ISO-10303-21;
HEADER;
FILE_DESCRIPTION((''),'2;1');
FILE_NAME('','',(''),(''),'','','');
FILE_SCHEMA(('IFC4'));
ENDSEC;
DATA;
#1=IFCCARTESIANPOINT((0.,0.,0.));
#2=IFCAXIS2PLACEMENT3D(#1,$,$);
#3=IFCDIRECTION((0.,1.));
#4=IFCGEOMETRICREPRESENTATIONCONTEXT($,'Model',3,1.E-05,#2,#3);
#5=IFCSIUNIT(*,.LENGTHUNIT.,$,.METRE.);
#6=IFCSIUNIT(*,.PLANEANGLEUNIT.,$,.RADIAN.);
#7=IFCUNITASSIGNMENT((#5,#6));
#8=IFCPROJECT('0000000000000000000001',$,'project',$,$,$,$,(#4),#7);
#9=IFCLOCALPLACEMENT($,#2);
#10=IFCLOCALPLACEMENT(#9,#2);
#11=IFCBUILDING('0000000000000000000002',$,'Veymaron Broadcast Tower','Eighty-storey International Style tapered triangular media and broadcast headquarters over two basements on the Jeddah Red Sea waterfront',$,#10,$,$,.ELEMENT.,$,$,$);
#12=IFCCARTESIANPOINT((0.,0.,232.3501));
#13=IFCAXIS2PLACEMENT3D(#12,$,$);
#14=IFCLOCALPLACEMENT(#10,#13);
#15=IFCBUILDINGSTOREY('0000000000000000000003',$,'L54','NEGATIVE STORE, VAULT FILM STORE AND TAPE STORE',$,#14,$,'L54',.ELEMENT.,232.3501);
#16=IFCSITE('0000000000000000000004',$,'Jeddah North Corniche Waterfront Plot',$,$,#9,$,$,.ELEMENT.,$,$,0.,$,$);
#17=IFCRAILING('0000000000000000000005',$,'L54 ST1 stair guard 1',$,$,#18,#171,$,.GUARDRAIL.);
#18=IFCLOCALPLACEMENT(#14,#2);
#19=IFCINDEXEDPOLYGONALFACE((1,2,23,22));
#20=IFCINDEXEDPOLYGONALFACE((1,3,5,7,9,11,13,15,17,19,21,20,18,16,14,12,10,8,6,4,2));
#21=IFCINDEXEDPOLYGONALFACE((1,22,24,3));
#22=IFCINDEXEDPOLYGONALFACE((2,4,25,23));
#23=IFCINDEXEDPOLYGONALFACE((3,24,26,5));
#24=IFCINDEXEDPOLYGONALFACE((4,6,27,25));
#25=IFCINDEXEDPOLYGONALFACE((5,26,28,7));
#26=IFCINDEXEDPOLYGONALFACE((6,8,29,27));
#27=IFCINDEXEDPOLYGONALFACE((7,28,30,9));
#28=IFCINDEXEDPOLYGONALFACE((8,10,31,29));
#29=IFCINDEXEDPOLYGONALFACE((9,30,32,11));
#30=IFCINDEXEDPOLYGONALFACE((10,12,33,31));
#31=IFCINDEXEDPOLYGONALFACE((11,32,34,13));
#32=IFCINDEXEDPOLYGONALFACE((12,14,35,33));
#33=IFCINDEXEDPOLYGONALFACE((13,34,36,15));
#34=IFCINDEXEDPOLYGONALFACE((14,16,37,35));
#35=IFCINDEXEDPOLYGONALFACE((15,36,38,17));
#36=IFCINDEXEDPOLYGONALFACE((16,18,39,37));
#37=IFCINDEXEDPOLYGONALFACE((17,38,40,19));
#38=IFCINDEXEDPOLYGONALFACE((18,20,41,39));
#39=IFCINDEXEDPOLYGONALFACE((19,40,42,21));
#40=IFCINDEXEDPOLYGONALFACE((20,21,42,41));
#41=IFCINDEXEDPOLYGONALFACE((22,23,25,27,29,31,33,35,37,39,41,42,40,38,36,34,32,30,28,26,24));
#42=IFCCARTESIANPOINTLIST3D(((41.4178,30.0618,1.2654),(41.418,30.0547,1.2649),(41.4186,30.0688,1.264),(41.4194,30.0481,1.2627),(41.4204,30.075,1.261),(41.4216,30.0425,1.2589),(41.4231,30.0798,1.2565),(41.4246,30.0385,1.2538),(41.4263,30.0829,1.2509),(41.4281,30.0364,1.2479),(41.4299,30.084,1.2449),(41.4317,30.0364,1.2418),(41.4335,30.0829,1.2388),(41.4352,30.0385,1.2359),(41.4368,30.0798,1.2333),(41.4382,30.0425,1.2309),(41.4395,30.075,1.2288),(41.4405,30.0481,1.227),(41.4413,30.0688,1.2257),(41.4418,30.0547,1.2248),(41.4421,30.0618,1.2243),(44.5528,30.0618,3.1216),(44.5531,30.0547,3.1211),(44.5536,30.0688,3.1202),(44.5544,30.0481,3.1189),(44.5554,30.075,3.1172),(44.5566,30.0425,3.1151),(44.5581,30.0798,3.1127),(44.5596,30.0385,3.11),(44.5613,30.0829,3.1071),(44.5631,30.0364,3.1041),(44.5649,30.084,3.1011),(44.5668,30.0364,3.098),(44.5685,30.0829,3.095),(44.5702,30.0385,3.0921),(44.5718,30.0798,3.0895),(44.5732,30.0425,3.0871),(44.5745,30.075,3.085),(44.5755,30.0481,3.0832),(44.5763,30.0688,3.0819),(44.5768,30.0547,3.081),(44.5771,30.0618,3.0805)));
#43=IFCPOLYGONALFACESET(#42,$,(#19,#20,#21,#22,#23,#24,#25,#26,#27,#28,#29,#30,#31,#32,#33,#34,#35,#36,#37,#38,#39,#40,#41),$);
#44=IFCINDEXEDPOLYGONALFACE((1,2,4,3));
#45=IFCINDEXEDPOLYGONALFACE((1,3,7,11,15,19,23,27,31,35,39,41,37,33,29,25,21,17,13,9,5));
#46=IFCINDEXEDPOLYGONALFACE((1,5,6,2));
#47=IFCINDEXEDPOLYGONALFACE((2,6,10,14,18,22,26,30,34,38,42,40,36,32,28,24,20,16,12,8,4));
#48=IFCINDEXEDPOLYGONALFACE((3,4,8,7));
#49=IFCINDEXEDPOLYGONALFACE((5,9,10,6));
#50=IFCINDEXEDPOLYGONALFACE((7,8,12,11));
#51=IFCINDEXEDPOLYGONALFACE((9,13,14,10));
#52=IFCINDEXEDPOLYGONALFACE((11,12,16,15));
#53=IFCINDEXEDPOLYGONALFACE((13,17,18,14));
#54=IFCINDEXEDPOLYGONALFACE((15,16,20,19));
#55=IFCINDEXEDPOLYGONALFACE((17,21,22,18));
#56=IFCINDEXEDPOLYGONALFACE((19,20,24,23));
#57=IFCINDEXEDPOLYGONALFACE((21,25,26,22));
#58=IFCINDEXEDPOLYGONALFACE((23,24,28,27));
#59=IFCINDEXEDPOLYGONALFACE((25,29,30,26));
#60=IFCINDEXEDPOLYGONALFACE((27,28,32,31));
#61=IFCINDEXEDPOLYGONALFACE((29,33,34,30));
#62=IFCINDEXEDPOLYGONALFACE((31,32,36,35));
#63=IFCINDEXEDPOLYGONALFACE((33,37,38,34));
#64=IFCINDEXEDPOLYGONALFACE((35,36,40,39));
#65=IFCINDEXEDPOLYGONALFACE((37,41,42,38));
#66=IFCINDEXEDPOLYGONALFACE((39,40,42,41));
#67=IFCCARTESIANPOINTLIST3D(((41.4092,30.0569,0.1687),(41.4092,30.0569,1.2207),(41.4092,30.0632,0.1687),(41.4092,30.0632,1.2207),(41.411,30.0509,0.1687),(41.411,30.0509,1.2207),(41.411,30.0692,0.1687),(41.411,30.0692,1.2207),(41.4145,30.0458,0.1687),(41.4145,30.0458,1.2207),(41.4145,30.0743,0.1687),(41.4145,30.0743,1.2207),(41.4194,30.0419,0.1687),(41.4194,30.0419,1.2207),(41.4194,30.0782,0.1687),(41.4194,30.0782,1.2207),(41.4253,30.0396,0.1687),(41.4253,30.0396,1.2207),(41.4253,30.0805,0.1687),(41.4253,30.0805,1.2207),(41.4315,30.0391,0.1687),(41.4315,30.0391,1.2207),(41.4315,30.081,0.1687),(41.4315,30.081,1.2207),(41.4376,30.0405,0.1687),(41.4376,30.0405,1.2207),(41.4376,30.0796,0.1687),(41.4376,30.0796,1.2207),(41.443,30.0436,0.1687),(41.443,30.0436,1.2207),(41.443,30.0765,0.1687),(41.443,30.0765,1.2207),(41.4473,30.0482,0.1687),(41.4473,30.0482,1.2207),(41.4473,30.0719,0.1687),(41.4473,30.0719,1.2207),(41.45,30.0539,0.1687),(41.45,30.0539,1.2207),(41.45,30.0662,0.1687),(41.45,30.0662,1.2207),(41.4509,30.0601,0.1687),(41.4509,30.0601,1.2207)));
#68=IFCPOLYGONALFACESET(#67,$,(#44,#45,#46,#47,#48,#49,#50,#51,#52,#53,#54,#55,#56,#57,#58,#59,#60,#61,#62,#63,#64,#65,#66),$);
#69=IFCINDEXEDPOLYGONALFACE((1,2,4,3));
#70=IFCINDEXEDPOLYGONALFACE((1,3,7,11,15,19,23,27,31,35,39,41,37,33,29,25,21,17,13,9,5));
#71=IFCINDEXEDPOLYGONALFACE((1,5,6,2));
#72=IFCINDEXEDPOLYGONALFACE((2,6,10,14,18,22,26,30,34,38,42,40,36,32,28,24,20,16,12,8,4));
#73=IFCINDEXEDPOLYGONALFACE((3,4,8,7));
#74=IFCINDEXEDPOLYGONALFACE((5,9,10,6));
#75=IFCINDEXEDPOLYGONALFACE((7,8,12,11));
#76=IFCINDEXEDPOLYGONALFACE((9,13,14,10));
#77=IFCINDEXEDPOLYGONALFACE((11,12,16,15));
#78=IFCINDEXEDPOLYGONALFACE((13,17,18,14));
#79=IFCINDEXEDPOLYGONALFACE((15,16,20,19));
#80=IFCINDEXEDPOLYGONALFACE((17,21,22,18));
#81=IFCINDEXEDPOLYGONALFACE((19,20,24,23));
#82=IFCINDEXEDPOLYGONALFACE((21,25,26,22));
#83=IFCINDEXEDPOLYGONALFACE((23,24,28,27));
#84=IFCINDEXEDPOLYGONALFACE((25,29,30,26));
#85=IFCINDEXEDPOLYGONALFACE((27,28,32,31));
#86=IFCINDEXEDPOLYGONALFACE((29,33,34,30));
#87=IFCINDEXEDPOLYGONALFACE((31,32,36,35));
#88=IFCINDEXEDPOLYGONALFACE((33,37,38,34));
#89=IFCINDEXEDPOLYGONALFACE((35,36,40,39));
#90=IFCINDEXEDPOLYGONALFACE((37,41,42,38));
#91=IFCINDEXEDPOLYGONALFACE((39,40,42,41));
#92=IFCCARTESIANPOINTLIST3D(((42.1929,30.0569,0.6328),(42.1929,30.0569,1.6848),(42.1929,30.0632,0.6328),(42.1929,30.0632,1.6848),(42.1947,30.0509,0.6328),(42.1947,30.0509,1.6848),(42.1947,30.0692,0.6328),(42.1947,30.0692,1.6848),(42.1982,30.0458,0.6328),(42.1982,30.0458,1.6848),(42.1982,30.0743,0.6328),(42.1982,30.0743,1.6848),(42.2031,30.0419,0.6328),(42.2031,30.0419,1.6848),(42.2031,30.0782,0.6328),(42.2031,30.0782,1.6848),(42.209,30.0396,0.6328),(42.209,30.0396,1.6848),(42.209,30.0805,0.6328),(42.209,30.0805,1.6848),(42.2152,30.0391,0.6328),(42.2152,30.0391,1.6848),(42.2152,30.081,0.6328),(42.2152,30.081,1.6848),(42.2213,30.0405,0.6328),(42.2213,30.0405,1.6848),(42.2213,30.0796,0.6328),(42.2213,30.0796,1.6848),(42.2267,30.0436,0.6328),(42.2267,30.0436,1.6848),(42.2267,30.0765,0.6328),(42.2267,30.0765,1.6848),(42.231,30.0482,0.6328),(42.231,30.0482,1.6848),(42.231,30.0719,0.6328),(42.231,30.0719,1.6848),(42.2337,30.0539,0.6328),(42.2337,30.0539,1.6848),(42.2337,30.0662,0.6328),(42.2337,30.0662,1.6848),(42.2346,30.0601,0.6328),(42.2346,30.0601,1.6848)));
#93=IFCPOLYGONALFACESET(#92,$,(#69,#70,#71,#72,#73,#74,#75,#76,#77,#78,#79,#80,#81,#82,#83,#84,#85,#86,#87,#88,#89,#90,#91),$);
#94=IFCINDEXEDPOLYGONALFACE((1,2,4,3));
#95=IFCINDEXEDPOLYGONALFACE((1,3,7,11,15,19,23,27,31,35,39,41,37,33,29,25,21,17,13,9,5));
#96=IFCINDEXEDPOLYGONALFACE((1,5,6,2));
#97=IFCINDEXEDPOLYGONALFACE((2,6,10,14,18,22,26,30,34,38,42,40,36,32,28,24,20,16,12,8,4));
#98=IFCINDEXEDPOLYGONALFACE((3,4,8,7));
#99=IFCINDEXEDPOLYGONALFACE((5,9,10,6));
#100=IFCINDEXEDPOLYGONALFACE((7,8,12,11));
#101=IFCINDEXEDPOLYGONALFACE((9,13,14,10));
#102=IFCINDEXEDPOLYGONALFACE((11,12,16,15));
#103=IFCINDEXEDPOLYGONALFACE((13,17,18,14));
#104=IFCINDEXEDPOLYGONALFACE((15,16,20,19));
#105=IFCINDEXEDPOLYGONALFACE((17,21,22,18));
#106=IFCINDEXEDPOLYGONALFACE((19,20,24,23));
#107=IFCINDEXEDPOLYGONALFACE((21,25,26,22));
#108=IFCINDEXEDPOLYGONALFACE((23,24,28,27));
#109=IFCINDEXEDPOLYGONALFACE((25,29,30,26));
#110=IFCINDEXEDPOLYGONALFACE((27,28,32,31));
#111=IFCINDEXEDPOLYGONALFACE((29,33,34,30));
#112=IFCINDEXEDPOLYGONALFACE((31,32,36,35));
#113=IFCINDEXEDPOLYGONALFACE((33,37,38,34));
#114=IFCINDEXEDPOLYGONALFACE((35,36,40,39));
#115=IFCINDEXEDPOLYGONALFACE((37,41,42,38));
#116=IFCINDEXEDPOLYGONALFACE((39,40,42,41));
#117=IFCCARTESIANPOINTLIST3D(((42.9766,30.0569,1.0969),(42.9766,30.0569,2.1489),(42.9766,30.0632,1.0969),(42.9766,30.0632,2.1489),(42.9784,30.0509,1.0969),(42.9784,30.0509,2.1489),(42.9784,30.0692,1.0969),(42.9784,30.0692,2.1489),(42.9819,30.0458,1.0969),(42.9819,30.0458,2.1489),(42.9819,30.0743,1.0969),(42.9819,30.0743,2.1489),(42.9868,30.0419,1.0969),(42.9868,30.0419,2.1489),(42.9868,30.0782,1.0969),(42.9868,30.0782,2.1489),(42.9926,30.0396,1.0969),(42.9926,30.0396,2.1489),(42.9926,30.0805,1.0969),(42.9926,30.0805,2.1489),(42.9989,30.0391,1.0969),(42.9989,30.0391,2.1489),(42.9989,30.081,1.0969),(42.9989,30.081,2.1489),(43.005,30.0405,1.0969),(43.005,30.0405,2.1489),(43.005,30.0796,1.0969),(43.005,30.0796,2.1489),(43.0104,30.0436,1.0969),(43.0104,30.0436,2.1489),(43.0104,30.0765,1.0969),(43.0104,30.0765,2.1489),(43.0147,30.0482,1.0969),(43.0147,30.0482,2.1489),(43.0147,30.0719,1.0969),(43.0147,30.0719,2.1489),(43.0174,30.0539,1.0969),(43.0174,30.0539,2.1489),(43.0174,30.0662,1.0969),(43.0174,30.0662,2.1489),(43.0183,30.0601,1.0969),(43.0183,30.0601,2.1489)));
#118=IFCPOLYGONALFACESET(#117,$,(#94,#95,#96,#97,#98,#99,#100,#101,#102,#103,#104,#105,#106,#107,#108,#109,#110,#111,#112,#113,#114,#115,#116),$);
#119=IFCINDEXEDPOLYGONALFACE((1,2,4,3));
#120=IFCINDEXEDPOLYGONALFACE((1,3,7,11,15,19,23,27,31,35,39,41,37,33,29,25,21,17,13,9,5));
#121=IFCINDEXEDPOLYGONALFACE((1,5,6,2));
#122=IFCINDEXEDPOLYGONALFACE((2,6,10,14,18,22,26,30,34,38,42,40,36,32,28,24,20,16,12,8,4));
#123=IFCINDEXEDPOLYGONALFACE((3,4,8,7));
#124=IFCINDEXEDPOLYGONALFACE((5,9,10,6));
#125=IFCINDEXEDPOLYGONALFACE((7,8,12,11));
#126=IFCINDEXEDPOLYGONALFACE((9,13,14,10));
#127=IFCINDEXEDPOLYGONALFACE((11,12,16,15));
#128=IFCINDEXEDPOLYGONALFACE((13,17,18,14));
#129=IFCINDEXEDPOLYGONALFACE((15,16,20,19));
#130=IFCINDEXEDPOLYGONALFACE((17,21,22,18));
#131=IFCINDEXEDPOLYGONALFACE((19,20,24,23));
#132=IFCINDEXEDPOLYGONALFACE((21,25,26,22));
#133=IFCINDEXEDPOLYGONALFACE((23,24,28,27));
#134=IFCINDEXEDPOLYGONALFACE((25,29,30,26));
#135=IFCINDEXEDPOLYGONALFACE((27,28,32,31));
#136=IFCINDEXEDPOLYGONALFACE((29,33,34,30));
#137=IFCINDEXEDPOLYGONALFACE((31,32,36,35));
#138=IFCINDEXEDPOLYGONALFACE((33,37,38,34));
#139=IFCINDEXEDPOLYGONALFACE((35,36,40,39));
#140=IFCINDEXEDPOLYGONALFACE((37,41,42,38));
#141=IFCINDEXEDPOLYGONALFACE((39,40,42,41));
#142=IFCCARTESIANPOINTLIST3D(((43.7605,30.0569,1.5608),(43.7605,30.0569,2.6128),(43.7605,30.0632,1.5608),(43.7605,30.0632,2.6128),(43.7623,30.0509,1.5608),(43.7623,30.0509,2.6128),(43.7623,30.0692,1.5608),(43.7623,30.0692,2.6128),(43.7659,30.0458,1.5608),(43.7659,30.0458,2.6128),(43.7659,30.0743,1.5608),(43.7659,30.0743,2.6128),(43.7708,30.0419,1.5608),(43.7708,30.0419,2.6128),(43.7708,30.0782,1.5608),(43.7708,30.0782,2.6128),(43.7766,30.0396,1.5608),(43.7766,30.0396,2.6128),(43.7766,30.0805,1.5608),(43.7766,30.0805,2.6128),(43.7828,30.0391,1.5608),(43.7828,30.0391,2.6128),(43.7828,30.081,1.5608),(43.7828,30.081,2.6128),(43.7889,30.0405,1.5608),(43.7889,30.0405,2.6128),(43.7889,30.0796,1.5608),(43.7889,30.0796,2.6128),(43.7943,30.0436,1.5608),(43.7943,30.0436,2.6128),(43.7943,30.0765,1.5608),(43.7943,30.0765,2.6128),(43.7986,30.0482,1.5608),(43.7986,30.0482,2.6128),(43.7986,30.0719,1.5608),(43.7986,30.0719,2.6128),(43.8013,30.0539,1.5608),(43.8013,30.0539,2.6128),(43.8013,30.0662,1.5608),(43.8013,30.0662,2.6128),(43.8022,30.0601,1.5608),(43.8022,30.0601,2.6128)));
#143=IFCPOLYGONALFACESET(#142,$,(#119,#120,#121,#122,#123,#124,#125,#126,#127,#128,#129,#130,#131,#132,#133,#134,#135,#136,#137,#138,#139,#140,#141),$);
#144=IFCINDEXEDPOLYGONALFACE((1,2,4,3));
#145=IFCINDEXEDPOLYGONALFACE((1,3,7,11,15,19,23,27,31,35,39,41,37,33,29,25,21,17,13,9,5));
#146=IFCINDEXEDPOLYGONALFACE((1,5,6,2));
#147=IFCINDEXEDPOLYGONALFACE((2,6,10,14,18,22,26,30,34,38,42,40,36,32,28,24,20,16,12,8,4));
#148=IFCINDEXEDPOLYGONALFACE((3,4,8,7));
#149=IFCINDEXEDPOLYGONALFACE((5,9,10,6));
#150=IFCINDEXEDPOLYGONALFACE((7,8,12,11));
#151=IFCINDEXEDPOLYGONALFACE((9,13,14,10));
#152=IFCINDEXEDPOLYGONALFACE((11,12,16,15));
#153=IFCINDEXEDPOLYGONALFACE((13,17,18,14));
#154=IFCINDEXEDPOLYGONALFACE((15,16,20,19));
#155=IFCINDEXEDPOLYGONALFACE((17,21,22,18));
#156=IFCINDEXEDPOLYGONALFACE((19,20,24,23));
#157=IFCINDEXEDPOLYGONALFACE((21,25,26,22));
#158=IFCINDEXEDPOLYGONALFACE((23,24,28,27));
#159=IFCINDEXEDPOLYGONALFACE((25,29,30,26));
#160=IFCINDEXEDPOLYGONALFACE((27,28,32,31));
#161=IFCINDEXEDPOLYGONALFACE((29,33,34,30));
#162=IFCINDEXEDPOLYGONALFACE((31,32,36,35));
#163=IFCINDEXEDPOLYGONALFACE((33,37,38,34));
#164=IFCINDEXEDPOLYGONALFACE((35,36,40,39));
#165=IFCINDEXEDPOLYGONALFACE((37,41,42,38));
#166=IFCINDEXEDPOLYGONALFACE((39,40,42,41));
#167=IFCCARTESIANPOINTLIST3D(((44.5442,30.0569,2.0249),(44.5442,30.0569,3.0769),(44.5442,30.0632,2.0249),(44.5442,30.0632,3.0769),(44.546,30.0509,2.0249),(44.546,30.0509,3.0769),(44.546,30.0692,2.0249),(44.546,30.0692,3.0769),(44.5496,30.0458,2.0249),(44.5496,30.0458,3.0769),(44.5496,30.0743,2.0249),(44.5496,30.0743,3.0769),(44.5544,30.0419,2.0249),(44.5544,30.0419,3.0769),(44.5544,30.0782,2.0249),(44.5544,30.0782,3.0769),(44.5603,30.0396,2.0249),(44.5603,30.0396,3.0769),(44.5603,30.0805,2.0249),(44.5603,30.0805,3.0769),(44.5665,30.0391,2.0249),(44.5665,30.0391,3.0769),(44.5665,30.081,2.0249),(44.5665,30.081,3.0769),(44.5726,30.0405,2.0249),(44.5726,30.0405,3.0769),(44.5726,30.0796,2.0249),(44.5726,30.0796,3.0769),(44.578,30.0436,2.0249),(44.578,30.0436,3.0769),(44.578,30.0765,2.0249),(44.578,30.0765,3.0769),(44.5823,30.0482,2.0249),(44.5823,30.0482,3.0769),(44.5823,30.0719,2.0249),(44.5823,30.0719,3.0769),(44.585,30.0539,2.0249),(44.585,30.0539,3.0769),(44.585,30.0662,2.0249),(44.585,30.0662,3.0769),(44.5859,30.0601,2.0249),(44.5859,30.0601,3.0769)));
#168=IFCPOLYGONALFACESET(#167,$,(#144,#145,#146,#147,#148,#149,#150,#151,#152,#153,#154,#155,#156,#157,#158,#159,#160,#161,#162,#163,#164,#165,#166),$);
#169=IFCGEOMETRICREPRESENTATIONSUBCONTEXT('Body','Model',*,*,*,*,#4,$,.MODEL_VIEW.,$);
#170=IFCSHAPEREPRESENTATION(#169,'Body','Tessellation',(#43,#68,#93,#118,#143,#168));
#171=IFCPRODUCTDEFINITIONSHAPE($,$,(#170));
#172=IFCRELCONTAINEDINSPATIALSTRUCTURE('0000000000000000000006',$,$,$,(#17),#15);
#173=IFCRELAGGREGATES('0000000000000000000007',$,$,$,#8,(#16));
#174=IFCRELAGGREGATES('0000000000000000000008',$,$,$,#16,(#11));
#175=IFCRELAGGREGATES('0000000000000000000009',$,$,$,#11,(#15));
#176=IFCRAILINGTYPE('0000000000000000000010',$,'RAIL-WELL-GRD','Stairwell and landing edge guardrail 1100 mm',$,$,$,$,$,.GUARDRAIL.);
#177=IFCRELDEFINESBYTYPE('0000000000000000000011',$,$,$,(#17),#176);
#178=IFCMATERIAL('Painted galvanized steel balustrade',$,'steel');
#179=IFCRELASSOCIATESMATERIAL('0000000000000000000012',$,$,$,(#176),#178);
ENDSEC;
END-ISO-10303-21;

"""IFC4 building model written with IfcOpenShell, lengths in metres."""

from ifc_helpers import new_model, si_unit, direction, frame, origin, origin_2d, place, context, subcontext, project, spatial, circle, extrude, material, type_object, element, save


model = new_model("IFC4")

# Units and contexts
model_context = context("Model", 3, precision=1e-05, world=origin(), true_north=direction((0.0, 1.0)))
body_context = subcontext(model_context, "Body", "Model", "MODEL_VIEW")
ifc_project = project(units=[si_unit("LENGTHUNIT", "METRE"), si_unit("PLANEANGLEUNIT", "RADIAN")], contexts=[model_context])

# Site, building, storey
site_placement = place(None, origin())
site = spatial("IfcSite", under=ifc_project, at=site_placement, Name="Jeddah North Corniche Waterfront Plot", CompositionType="ELEMENT", RefElevation=0.0)
building_placement = place(site_placement, origin())
building = spatial("IfcBuilding", under=site, at=building_placement, Name="Veymaron Broadcast Tower", Description="Eighty-storey International Style tapered triangular media and broadcast headquarters over two basements on the Jeddah Red Sea waterfront", CompositionType="ELEMENT")
storey_placement = place(building_placement, frame((0.0, 0.0, 232.3501)))
storey = spatial("IfcBuildingStorey", under=building, at=storey_placement, Name="L54", Description="NEGATIVE STORE, VAULT FILM STORE AND TAPE STORE", LongName="L54", CompositionType="ELEMENT", Elevation=232.3501)

# Railing
ifc_material_1 = material(Name="Painted galvanized steel balustrade", Category="steel")
railing_type_1 = type_object("IfcRailingType", Name="RAIL-WELL-GRD", Description="Stairwell and landing edge guardrail 1100 mm", PredefinedType="GUARDRAIL", material=ifc_material_1)
railing_1_placement = place(storey_placement, frame((41.4299, 30.0601, 0.1687)))
element("IfcRailing", 1, at=railing_1_placement, inside=storey, type_object=railing_type_1, Name="L54 ST1 stair guard 1", PredefinedType="GUARDRAIL", context=body_context, shape_type="SweptSolid", body=[
    extrude(circle(Radius=0.0239, at=origin_2d()), frame((0.0, 0.0, 1.0762), z_axis=(0.860482, 0.0, 0.509481), x_axis=(0.0, 1.0, 0.0)), (0.0, 0.0, 1.0), 3.6433),
    extrude(circle(Radius=0.021, at=origin_2d()), origin(), (0.0, 0.0, 1.0), 1.052),
    extrude(circle(Radius=0.021, at=origin_2d()), frame((0.7837, 0.0, 0.4641)), (0.0, 0.0, 1.0), 1.052),
    extrude(circle(Radius=0.021, at=origin_2d()), frame((1.5674, 0.0, 0.9282)), (0.0, 0.0, 1.0), 1.052),
    extrude(circle(Radius=0.021, at=origin_2d()), frame((2.3513, 0.0, 1.3921)), (0.0, 0.0, 1.0), 1.052),
    extrude(circle(Radius=0.021, at=origin_2d()), frame((3.135, 0.0, 1.8562)), (0.0, 0.0, 1.0), 1.052),
])

save(model, "model.ifc")
